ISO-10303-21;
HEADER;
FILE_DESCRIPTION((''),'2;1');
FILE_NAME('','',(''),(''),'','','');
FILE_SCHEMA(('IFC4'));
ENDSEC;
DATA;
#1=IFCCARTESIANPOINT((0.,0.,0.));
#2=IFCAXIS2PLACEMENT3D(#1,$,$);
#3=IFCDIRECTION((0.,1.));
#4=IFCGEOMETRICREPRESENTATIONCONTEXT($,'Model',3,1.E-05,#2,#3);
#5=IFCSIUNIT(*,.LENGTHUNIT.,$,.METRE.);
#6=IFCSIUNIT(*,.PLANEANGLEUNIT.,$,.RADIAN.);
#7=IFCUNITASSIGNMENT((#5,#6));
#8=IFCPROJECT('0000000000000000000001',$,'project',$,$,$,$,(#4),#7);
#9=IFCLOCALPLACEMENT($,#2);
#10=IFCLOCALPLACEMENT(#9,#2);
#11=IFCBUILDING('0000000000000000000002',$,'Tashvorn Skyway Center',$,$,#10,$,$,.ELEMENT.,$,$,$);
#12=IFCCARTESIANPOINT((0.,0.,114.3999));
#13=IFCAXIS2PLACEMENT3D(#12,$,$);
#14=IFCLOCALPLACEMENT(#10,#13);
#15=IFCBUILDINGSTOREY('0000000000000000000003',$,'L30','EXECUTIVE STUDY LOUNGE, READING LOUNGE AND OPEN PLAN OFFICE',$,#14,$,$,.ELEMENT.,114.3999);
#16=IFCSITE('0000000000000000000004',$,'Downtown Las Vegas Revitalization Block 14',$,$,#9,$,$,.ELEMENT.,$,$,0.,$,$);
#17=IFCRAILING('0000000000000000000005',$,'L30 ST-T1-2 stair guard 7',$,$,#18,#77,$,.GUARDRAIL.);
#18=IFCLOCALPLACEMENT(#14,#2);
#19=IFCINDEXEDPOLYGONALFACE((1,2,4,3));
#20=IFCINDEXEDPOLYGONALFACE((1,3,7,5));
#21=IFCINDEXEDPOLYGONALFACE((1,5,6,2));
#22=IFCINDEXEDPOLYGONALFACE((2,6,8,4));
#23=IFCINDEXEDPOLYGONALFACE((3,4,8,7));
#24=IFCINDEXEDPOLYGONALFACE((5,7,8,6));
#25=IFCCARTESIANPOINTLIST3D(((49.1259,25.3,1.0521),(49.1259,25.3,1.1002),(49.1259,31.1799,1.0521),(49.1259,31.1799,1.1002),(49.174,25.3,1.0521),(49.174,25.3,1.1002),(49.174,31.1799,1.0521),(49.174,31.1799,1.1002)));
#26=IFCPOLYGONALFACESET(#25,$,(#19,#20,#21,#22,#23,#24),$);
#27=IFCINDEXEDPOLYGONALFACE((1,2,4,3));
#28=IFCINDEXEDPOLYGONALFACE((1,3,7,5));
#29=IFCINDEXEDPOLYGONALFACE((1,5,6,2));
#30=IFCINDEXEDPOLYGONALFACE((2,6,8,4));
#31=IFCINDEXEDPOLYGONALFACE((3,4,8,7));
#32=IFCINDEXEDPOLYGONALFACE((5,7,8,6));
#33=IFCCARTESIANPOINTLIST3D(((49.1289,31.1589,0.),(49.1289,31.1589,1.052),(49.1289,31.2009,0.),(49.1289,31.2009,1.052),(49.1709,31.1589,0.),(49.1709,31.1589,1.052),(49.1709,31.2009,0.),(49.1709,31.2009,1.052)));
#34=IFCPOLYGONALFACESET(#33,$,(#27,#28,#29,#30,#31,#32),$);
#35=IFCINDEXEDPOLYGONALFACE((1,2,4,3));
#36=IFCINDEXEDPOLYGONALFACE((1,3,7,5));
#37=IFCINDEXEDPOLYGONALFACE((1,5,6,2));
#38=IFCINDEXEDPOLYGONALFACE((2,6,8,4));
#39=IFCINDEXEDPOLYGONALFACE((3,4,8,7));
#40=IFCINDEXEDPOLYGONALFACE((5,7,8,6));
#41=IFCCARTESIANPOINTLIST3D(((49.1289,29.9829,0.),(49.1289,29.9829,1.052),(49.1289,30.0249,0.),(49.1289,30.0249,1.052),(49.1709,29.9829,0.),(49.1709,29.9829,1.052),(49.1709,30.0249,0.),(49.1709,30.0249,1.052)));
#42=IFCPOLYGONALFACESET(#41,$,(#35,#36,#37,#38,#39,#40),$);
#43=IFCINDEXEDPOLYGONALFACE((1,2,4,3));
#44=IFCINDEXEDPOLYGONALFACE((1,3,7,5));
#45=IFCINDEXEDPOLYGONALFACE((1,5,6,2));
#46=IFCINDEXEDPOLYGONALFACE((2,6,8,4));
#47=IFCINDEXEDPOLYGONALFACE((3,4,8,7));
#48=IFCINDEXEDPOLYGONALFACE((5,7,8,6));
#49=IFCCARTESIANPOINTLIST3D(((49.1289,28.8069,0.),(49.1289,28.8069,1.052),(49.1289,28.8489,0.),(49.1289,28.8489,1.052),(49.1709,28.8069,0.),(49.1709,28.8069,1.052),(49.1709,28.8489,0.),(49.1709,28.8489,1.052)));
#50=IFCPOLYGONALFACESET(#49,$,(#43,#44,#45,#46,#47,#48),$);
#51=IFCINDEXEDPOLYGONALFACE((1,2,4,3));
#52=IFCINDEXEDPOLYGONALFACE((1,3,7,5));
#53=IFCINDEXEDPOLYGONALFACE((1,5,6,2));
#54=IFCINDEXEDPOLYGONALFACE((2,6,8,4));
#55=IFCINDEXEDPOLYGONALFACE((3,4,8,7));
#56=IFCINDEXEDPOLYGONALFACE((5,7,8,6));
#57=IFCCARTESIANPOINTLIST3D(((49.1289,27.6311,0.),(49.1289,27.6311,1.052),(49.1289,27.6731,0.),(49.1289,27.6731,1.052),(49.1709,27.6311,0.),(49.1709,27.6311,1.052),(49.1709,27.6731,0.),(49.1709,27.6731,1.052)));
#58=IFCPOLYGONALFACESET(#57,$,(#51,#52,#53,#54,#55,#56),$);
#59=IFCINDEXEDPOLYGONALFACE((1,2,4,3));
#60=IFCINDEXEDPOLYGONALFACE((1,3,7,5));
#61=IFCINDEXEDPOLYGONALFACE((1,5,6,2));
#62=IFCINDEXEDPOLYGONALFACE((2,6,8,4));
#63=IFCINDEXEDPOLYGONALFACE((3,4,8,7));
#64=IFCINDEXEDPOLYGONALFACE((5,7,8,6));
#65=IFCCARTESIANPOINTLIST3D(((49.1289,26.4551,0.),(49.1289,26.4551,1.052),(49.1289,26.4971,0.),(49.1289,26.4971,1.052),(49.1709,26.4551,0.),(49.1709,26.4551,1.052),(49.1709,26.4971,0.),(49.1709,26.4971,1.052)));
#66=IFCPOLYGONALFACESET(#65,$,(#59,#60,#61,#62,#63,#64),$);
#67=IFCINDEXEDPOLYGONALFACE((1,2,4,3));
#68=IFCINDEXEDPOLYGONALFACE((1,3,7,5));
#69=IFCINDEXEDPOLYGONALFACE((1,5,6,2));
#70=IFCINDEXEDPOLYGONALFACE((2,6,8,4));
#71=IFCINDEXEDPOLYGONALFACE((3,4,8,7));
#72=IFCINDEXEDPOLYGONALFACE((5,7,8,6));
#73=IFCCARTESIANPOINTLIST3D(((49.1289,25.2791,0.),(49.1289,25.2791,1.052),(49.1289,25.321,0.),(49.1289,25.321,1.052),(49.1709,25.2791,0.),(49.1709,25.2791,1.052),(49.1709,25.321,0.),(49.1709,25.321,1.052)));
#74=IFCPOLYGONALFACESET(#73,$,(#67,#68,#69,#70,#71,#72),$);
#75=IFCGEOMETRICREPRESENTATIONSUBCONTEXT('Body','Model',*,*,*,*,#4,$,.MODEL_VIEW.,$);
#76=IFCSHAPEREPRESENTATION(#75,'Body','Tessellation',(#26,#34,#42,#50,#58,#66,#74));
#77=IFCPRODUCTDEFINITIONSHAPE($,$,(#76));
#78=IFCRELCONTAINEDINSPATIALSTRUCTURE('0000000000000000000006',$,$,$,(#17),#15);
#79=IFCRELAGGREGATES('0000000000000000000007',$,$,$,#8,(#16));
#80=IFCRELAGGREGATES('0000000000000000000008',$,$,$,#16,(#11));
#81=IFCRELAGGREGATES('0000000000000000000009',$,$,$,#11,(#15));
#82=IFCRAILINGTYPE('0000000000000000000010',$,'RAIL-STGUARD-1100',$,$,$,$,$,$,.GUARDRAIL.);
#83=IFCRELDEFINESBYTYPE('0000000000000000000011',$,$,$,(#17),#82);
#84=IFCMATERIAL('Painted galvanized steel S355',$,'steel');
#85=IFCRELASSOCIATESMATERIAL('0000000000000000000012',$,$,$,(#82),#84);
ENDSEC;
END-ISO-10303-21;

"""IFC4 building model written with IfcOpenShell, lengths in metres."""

from ifc_helpers import new_model, si_unit, direction, frame, origin, origin_2d, place, context, subcontext, project, spatial, rectangle, extrude, material, type_object, element, save


model = new_model("IFC4")

# Units and contexts
model_context = context("Model", 3, precision=1e-05, world=origin(), true_north=direction((0.0, 1.0)))
body_context = subcontext(model_context, "Body", "Model", "MODEL_VIEW")
ifc_project = project(units=[si_unit("LENGTHUNIT", "METRE"), si_unit("PLANEANGLEUNIT", "RADIAN")], contexts=[model_context])

# Site, building, storey
site_placement = place(None, origin())
site = spatial("IfcSite", under=ifc_project, at=site_placement, Name="Downtown Las Vegas Revitalization Block 14", CompositionType="ELEMENT", RefElevation=0.0)
building_placement = place(site_placement, origin())
building = spatial("IfcBuilding", under=site, at=building_placement, Name="Tashvorn Skyway Center", CompositionType="ELEMENT")
storey_placement = place(building_placement, frame((0.0, 0.0, 114.3999)))
storey = spatial("IfcBuildingStorey", under=building, at=storey_placement, Name="L30", Description="EXECUTIVE STUDY LOUNGE, READING LOUNGE AND OPEN PLAN OFFICE", CompositionType="ELEMENT", Elevation=114.3999)

# Railing
ifc_material_1 = material(Name="Painted galvanized steel S355", Category="steel")
railing_type_1 = type_object("IfcRailingType", Name="RAIL-STGUARD-1100", PredefinedType="GUARDRAIL", material=ifc_material_1)
railing_1_placement = place(storey_placement, frame((49.1499, 31.1799, 0.0)))
element("IfcRailing", 1, at=railing_1_placement, inside=storey, type_object=railing_type_1, Name="L30 ST-T1-2 stair guard 7", PredefinedType="GUARDRAIL", context=body_context, shape_type="SweptSolid", body=[
    extrude(rectangle(XDim=0.0481, YDim=0.0481, at=origin_2d()), frame((0.0, 0.0, 1.0762), z_axis=(0.0, -1.0, 0.0), x_axis=(1.0, 0.0, 0.0)), (0.0, 0.0, 1.0), 5.8799),
    extrude(rectangle(XDim=0.042, YDim=0.042, at=origin_2d()), origin(), (0.0, 0.0, 1.0), 1.052),
    extrude(rectangle(XDim=0.042, YDim=0.042, at=origin_2d()), frame((0.0, -1.176, 0.0)), (0.0, 0.0, 1.0), 1.052),
    extrude(rectangle(XDim=0.042, YDim=0.042, at=origin_2d()), frame((0.0, -2.3521, 0.0)), (0.0, 0.0, 1.0), 1.052),
    extrude(rectangle(XDim=0.042, YDim=0.042, at=origin_2d()), frame((0.0, -3.5278, 0.0)), (0.0, 0.0, 1.0), 1.052),
    extrude(rectangle(XDim=0.042, YDim=0.042, at=origin_2d()), frame((0.0, -4.7039, 0.0)), (0.0, 0.0, 1.0), 1.052),
    extrude(rectangle(XDim=0.042, YDim=0.042, at=origin_2d()), frame((0.0, -5.8799, 0.0)), (0.0, 0.0, 1.0), 1.052),
])

save(model, "model.ifc")
